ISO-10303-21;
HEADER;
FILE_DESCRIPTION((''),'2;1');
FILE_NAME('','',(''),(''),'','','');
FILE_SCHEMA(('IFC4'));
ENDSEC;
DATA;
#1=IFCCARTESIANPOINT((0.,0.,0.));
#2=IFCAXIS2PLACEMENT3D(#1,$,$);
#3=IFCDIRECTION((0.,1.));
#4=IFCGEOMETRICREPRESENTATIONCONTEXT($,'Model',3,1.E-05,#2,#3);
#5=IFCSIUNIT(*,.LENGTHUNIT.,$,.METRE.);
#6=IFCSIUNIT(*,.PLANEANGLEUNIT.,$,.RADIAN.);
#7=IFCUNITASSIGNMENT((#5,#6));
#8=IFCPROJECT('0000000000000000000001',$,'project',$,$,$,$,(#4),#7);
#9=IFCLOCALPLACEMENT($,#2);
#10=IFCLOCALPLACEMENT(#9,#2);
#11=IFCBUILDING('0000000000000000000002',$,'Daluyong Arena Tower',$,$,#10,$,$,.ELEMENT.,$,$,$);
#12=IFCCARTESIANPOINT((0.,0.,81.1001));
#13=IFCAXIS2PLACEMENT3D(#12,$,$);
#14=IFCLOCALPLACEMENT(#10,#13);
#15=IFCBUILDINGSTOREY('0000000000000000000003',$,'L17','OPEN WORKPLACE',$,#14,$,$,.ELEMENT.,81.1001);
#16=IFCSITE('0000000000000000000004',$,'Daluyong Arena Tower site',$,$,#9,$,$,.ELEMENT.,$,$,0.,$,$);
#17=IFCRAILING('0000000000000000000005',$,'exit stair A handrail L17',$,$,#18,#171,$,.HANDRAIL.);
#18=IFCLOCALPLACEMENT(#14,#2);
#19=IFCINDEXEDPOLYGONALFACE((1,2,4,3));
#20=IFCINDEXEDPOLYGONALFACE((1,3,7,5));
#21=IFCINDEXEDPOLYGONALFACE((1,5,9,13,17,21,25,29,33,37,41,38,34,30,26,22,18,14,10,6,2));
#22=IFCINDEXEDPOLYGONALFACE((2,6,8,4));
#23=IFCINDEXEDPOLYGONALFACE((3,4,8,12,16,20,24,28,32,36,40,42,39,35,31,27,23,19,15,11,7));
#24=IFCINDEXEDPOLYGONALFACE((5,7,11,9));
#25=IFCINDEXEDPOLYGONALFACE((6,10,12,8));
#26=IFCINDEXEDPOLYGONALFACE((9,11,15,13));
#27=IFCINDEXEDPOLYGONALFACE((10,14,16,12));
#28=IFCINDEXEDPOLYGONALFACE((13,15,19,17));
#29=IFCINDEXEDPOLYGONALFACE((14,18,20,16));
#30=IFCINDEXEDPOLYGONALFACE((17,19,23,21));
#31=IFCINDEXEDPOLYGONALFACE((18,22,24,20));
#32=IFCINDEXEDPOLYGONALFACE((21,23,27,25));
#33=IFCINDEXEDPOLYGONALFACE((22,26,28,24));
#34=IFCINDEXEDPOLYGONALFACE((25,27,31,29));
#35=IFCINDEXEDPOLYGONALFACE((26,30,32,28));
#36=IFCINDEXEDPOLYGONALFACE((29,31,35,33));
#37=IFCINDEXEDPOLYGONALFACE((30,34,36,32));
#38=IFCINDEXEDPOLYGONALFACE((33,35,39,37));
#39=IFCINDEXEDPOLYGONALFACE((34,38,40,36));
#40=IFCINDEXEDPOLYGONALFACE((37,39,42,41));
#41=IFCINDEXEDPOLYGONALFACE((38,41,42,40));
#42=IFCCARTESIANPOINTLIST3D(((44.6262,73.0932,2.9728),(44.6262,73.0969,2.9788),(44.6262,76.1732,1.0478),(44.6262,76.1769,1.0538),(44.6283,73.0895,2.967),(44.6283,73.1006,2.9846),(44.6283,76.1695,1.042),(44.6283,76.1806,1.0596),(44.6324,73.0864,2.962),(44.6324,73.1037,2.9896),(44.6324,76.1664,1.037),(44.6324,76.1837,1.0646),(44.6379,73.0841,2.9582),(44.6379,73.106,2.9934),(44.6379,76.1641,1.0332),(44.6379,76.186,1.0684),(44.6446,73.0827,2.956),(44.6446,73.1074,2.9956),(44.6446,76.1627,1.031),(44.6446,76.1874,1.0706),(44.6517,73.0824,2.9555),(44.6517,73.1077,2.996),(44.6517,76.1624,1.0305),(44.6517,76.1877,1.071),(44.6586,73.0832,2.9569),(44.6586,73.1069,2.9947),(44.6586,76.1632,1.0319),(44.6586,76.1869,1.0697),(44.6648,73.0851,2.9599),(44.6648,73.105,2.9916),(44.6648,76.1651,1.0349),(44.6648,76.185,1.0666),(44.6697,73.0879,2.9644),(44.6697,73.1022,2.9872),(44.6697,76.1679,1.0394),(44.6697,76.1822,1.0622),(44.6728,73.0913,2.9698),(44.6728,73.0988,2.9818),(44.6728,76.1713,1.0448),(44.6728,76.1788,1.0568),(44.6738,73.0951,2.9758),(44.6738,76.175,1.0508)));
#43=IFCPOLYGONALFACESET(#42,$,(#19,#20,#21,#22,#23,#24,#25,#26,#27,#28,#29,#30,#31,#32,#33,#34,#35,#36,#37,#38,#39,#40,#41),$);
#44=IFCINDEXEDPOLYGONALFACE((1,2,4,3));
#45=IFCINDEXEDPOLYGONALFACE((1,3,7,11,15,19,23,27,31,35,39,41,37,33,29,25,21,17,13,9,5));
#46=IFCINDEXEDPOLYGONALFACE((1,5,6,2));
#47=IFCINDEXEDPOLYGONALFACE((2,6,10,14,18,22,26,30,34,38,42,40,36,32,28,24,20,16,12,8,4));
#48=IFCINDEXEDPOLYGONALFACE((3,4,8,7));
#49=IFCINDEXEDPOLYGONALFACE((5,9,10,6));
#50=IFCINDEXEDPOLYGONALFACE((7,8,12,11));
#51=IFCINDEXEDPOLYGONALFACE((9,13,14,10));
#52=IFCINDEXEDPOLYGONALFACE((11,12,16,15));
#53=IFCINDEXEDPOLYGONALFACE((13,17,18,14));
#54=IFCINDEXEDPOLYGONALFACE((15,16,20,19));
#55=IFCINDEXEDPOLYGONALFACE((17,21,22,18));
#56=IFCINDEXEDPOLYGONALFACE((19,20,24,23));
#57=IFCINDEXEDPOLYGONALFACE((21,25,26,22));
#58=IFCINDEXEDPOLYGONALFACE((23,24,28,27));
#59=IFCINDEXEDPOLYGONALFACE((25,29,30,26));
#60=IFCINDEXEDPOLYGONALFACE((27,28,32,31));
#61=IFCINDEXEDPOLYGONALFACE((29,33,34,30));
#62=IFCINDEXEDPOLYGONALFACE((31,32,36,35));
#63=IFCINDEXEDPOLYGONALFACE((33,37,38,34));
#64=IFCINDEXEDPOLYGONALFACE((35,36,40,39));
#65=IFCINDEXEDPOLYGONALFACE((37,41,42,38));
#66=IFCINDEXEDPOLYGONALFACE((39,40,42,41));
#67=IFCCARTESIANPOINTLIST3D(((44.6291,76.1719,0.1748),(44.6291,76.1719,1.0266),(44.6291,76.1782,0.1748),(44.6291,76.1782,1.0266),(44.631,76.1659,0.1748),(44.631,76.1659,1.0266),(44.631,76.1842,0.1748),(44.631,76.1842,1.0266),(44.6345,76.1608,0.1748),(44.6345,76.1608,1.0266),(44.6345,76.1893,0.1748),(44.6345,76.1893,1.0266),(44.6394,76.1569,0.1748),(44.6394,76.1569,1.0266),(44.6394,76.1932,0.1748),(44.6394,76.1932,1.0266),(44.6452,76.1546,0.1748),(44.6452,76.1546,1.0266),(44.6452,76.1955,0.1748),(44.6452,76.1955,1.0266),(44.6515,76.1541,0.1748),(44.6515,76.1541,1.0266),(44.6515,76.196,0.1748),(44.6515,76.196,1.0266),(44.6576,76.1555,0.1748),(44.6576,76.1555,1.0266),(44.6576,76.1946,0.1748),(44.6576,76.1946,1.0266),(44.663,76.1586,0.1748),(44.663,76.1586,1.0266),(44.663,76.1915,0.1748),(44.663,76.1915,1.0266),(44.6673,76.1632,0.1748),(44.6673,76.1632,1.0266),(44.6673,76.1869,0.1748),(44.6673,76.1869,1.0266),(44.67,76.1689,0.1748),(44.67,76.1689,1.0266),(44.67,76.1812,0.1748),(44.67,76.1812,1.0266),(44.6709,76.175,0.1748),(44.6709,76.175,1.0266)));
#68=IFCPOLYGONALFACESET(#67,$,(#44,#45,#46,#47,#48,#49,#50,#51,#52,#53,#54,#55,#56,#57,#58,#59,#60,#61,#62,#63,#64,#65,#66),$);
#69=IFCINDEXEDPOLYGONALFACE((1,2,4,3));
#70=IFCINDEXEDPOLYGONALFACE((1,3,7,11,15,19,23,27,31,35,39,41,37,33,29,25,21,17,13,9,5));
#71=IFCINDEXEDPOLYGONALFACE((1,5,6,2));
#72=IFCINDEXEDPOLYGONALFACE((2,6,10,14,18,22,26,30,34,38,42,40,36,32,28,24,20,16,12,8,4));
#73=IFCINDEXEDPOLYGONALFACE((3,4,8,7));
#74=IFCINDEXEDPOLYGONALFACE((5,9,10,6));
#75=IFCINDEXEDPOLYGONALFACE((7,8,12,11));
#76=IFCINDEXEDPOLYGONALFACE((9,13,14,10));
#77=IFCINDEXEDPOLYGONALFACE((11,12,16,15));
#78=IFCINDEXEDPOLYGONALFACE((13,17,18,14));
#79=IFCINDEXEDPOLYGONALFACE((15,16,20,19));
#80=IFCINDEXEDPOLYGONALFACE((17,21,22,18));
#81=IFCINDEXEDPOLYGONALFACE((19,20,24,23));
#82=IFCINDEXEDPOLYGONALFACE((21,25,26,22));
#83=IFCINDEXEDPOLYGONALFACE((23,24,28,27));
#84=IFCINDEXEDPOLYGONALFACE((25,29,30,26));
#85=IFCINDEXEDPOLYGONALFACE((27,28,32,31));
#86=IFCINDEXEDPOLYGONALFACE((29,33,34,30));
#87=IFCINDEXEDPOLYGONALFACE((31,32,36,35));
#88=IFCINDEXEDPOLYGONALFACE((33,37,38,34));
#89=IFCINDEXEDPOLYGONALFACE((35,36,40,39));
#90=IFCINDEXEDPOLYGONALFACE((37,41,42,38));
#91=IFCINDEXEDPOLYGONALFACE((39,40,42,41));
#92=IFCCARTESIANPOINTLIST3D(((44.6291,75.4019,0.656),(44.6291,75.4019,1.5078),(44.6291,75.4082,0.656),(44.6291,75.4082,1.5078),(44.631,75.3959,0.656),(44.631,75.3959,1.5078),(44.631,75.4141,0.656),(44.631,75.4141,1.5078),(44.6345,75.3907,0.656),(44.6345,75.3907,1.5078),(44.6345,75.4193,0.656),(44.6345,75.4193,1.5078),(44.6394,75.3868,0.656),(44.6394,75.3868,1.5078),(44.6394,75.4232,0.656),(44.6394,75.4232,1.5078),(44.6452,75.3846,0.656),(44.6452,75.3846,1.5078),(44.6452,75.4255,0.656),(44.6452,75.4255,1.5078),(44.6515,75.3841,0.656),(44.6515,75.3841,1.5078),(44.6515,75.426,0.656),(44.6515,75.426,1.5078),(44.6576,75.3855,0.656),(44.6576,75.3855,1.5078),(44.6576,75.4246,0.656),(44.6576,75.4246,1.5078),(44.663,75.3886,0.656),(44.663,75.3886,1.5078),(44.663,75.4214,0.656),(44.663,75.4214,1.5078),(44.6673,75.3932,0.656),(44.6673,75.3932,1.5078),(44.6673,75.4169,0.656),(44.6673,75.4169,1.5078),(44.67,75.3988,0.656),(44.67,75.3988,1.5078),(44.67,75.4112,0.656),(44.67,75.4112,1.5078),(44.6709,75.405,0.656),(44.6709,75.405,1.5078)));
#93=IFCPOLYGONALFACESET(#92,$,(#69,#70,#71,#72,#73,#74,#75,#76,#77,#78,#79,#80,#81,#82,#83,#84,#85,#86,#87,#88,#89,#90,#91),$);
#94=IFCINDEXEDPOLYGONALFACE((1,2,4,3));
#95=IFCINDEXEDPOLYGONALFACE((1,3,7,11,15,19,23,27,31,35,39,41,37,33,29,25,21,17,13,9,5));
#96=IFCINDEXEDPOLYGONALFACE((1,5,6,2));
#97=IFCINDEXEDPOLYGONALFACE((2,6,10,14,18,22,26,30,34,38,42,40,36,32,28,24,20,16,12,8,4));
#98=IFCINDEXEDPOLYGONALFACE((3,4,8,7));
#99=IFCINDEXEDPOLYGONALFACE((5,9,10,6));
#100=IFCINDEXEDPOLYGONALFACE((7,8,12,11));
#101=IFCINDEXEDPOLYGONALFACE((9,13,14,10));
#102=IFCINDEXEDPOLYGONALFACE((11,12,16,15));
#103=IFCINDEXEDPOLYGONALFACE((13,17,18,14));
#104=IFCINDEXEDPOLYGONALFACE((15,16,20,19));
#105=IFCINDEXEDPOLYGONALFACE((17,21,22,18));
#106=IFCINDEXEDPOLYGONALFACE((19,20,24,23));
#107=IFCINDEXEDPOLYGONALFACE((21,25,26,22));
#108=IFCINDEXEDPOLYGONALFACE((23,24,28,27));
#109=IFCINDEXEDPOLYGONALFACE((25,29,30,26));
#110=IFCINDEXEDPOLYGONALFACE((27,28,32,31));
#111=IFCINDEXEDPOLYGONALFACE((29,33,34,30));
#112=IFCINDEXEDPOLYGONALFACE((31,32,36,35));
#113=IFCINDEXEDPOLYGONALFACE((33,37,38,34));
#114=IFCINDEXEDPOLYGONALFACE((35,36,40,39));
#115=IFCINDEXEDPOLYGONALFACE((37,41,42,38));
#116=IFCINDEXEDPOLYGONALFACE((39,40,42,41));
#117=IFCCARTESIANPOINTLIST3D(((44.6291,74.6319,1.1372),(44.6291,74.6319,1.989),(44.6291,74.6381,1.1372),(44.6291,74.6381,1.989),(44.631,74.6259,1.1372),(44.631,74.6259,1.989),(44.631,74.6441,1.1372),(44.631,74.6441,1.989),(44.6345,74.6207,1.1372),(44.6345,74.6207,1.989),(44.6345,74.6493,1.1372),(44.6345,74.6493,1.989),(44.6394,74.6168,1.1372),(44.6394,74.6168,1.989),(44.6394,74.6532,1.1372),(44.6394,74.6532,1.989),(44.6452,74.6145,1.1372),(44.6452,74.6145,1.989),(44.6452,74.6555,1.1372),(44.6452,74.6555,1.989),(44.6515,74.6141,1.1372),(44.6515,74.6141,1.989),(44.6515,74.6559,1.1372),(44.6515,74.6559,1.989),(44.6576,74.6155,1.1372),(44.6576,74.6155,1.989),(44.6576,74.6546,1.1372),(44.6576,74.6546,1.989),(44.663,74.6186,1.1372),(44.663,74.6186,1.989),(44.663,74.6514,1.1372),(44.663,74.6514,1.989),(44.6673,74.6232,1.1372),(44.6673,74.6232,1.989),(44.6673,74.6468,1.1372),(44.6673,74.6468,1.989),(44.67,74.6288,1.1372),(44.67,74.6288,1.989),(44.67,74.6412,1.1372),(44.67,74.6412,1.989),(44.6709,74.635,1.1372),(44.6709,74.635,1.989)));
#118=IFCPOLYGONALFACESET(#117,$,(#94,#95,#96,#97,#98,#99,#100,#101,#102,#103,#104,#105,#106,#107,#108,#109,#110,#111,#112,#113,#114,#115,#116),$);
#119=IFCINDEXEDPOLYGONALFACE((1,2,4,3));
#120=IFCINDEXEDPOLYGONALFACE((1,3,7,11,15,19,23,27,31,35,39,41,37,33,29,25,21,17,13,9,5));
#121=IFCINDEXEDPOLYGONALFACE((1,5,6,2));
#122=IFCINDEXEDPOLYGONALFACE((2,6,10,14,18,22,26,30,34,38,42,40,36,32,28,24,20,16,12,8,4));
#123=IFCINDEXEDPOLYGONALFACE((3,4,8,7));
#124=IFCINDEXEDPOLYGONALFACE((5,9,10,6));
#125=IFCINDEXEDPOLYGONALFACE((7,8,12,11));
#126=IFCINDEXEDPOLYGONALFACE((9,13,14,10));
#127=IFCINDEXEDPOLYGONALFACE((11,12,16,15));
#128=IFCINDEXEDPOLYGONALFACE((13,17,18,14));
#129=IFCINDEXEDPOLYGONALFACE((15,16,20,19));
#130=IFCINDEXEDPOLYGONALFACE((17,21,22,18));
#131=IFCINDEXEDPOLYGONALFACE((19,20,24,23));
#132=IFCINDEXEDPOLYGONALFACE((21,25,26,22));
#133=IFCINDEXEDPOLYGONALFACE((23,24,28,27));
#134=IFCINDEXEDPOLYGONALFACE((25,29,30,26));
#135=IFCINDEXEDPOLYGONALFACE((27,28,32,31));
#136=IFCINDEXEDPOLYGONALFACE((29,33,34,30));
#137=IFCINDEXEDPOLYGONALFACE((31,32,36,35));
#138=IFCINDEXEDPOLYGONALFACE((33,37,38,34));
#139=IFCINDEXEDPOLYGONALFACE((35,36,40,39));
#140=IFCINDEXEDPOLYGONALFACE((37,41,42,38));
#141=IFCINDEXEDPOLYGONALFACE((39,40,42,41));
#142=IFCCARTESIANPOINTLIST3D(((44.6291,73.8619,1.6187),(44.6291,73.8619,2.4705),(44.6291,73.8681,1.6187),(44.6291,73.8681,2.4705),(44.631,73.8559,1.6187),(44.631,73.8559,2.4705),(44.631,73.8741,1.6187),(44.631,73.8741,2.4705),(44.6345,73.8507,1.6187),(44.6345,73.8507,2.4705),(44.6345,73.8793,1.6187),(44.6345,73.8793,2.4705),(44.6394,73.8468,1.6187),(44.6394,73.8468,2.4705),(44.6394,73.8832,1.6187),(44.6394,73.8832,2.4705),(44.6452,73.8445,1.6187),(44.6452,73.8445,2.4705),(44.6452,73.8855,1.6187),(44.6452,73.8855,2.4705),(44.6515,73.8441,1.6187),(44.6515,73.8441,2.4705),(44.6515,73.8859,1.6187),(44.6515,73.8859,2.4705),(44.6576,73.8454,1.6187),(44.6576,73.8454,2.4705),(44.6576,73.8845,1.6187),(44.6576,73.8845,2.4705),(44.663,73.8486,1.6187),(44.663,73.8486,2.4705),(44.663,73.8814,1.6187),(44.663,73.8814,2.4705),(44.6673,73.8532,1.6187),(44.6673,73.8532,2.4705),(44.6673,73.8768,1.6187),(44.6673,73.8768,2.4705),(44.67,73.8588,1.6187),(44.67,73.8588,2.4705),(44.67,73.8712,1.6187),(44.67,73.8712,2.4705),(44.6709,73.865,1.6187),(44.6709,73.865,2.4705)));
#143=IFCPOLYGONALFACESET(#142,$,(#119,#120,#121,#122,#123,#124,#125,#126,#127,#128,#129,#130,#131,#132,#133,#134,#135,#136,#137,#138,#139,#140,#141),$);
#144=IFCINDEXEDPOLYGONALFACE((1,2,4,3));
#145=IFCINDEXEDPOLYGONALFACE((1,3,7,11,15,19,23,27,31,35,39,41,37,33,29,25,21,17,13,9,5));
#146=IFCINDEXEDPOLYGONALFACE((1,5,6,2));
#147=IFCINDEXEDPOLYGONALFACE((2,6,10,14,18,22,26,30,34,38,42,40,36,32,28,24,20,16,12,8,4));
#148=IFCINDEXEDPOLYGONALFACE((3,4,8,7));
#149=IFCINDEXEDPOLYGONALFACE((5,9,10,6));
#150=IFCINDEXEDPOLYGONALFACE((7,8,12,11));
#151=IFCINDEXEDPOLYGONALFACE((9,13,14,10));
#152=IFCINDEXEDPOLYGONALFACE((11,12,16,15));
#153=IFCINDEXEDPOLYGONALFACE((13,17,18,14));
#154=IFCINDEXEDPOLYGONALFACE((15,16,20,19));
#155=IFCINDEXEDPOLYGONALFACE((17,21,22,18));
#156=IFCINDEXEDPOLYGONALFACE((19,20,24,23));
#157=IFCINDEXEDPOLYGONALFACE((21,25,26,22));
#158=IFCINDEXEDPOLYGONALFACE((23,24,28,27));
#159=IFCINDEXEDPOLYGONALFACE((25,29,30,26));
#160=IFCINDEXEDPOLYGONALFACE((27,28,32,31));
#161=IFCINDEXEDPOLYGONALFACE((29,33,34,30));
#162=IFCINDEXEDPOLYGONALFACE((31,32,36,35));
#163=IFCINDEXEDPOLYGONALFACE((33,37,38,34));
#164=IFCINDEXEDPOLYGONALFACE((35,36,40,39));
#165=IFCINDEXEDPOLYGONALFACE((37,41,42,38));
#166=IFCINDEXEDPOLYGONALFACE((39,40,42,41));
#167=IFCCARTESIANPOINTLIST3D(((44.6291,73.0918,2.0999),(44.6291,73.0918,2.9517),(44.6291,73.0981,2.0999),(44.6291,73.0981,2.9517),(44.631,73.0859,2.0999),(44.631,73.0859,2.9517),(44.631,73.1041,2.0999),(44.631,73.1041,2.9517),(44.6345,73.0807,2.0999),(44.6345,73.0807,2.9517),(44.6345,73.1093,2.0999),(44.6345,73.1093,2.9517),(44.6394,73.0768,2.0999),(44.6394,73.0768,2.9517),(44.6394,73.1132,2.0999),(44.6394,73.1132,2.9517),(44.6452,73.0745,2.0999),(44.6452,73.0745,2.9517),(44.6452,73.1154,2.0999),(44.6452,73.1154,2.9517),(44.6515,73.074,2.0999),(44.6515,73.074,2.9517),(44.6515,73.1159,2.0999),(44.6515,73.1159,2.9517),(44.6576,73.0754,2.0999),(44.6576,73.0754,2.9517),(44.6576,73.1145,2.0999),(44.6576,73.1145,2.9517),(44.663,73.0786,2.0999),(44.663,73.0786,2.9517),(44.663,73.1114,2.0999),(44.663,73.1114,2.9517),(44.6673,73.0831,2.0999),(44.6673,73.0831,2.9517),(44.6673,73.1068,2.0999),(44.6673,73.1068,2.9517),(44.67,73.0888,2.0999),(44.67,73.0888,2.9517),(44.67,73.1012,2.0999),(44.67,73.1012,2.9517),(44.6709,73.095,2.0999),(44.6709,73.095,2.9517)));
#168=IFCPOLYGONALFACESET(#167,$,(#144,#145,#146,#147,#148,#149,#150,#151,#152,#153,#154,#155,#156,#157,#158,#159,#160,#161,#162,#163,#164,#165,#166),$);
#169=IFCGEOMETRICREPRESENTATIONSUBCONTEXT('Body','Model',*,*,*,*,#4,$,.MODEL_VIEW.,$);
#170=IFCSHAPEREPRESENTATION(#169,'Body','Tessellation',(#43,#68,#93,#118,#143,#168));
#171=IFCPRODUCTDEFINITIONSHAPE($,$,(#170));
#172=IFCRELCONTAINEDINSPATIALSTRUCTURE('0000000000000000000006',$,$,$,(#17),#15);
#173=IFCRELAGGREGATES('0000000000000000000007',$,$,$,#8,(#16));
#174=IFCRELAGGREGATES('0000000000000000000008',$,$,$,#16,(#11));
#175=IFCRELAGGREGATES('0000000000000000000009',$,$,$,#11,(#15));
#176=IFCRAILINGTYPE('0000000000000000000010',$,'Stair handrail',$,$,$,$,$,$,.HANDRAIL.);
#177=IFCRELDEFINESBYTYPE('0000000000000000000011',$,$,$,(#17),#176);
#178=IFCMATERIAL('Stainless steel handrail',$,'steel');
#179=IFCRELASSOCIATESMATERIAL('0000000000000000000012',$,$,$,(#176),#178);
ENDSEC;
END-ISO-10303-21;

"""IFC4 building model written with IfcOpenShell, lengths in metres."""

from ifc_helpers import new_model, si_unit, direction, frame, origin, origin_2d, place, context, subcontext, project, spatial, circle, extrude, material, type_object, element, save


model = new_model("IFC4")

# Units and contexts
model_context = context("Model", 3, precision=1e-05, world=origin(), true_north=direction((0.0, 1.0)))
body_context = subcontext(model_context, "Body", "Model", "MODEL_VIEW")
ifc_project = project(units=[si_unit("LENGTHUNIT", "METRE"), si_unit("PLANEANGLEUNIT", "RADIAN")], contexts=[model_context])

# Site, building, storey
site_placement = place(None, origin())
site = spatial("IfcSite", under=ifc_project, at=site_placement, Name="Daluyong Arena Tower site", CompositionType="ELEMENT", RefElevation=0.0)
building_placement = place(site_placement, origin())
building = spatial("IfcBuilding", under=site, at=building_placement, Name="Daluyong Arena Tower", CompositionType="ELEMENT")
storey_placement = place(building_placement, frame((0.0, 0.0, 81.1001)))
storey = spatial("IfcBuildingStorey", under=building, at=storey_placement, Name="L17", Description="OPEN WORKPLACE", CompositionType="ELEMENT", Elevation=81.1001)

# Railing
ifc_material_1 = material(Name="Stainless steel handrail", Category="steel")
railing_type_1 = type_object("IfcRailingType", Name="Stair handrail", PredefinedType="HANDRAIL", material=ifc_material_1)
railing_1_placement = place(storey_placement, frame((44.6499, 76.175, 0.1748)))
element("IfcRailing", 1, at=railing_1_placement, inside=storey, type_object=railing_type_1, Name="exit stair A handrail L17", PredefinedType="HANDRAIL", context=body_context, shape_type="SweptSolid", body=[
    extrude(circle(Radius=0.0239, at=origin_2d()), frame((0.0, 0.0, 0.876), z_axis=(0.0, -0.847998, 0.529999), x_axis=(1.0, 0.0, 0.0)), (0.0, 0.0, 1.0), 3.6321),
    extrude(circle(Radius=0.021, at=origin_2d()), origin(), (0.0, 0.0, 1.0), 0.8518),
    extrude(circle(Radius=0.021, at=origin_2d()), frame((0.0, -0.77, 0.4812)), (0.0, 0.0, 1.0), 0.8518),
    extrude(circle(Radius=0.021, at=origin_2d()), frame((0.0, -1.54, 0.9624)), (0.0, 0.0, 1.0), 0.8518),
    extrude(circle(Radius=0.021, at=origin_2d()), frame((0.0, -2.3101, 1.4438)), (0.0, 0.0, 1.0), 0.8518),
    extrude(circle(Radius=0.021, at=origin_2d()), frame((0.0, -3.0801, 1.925)), (0.0, 0.0, 1.0), 0.8518),
])

save(model, "model.ifc")
